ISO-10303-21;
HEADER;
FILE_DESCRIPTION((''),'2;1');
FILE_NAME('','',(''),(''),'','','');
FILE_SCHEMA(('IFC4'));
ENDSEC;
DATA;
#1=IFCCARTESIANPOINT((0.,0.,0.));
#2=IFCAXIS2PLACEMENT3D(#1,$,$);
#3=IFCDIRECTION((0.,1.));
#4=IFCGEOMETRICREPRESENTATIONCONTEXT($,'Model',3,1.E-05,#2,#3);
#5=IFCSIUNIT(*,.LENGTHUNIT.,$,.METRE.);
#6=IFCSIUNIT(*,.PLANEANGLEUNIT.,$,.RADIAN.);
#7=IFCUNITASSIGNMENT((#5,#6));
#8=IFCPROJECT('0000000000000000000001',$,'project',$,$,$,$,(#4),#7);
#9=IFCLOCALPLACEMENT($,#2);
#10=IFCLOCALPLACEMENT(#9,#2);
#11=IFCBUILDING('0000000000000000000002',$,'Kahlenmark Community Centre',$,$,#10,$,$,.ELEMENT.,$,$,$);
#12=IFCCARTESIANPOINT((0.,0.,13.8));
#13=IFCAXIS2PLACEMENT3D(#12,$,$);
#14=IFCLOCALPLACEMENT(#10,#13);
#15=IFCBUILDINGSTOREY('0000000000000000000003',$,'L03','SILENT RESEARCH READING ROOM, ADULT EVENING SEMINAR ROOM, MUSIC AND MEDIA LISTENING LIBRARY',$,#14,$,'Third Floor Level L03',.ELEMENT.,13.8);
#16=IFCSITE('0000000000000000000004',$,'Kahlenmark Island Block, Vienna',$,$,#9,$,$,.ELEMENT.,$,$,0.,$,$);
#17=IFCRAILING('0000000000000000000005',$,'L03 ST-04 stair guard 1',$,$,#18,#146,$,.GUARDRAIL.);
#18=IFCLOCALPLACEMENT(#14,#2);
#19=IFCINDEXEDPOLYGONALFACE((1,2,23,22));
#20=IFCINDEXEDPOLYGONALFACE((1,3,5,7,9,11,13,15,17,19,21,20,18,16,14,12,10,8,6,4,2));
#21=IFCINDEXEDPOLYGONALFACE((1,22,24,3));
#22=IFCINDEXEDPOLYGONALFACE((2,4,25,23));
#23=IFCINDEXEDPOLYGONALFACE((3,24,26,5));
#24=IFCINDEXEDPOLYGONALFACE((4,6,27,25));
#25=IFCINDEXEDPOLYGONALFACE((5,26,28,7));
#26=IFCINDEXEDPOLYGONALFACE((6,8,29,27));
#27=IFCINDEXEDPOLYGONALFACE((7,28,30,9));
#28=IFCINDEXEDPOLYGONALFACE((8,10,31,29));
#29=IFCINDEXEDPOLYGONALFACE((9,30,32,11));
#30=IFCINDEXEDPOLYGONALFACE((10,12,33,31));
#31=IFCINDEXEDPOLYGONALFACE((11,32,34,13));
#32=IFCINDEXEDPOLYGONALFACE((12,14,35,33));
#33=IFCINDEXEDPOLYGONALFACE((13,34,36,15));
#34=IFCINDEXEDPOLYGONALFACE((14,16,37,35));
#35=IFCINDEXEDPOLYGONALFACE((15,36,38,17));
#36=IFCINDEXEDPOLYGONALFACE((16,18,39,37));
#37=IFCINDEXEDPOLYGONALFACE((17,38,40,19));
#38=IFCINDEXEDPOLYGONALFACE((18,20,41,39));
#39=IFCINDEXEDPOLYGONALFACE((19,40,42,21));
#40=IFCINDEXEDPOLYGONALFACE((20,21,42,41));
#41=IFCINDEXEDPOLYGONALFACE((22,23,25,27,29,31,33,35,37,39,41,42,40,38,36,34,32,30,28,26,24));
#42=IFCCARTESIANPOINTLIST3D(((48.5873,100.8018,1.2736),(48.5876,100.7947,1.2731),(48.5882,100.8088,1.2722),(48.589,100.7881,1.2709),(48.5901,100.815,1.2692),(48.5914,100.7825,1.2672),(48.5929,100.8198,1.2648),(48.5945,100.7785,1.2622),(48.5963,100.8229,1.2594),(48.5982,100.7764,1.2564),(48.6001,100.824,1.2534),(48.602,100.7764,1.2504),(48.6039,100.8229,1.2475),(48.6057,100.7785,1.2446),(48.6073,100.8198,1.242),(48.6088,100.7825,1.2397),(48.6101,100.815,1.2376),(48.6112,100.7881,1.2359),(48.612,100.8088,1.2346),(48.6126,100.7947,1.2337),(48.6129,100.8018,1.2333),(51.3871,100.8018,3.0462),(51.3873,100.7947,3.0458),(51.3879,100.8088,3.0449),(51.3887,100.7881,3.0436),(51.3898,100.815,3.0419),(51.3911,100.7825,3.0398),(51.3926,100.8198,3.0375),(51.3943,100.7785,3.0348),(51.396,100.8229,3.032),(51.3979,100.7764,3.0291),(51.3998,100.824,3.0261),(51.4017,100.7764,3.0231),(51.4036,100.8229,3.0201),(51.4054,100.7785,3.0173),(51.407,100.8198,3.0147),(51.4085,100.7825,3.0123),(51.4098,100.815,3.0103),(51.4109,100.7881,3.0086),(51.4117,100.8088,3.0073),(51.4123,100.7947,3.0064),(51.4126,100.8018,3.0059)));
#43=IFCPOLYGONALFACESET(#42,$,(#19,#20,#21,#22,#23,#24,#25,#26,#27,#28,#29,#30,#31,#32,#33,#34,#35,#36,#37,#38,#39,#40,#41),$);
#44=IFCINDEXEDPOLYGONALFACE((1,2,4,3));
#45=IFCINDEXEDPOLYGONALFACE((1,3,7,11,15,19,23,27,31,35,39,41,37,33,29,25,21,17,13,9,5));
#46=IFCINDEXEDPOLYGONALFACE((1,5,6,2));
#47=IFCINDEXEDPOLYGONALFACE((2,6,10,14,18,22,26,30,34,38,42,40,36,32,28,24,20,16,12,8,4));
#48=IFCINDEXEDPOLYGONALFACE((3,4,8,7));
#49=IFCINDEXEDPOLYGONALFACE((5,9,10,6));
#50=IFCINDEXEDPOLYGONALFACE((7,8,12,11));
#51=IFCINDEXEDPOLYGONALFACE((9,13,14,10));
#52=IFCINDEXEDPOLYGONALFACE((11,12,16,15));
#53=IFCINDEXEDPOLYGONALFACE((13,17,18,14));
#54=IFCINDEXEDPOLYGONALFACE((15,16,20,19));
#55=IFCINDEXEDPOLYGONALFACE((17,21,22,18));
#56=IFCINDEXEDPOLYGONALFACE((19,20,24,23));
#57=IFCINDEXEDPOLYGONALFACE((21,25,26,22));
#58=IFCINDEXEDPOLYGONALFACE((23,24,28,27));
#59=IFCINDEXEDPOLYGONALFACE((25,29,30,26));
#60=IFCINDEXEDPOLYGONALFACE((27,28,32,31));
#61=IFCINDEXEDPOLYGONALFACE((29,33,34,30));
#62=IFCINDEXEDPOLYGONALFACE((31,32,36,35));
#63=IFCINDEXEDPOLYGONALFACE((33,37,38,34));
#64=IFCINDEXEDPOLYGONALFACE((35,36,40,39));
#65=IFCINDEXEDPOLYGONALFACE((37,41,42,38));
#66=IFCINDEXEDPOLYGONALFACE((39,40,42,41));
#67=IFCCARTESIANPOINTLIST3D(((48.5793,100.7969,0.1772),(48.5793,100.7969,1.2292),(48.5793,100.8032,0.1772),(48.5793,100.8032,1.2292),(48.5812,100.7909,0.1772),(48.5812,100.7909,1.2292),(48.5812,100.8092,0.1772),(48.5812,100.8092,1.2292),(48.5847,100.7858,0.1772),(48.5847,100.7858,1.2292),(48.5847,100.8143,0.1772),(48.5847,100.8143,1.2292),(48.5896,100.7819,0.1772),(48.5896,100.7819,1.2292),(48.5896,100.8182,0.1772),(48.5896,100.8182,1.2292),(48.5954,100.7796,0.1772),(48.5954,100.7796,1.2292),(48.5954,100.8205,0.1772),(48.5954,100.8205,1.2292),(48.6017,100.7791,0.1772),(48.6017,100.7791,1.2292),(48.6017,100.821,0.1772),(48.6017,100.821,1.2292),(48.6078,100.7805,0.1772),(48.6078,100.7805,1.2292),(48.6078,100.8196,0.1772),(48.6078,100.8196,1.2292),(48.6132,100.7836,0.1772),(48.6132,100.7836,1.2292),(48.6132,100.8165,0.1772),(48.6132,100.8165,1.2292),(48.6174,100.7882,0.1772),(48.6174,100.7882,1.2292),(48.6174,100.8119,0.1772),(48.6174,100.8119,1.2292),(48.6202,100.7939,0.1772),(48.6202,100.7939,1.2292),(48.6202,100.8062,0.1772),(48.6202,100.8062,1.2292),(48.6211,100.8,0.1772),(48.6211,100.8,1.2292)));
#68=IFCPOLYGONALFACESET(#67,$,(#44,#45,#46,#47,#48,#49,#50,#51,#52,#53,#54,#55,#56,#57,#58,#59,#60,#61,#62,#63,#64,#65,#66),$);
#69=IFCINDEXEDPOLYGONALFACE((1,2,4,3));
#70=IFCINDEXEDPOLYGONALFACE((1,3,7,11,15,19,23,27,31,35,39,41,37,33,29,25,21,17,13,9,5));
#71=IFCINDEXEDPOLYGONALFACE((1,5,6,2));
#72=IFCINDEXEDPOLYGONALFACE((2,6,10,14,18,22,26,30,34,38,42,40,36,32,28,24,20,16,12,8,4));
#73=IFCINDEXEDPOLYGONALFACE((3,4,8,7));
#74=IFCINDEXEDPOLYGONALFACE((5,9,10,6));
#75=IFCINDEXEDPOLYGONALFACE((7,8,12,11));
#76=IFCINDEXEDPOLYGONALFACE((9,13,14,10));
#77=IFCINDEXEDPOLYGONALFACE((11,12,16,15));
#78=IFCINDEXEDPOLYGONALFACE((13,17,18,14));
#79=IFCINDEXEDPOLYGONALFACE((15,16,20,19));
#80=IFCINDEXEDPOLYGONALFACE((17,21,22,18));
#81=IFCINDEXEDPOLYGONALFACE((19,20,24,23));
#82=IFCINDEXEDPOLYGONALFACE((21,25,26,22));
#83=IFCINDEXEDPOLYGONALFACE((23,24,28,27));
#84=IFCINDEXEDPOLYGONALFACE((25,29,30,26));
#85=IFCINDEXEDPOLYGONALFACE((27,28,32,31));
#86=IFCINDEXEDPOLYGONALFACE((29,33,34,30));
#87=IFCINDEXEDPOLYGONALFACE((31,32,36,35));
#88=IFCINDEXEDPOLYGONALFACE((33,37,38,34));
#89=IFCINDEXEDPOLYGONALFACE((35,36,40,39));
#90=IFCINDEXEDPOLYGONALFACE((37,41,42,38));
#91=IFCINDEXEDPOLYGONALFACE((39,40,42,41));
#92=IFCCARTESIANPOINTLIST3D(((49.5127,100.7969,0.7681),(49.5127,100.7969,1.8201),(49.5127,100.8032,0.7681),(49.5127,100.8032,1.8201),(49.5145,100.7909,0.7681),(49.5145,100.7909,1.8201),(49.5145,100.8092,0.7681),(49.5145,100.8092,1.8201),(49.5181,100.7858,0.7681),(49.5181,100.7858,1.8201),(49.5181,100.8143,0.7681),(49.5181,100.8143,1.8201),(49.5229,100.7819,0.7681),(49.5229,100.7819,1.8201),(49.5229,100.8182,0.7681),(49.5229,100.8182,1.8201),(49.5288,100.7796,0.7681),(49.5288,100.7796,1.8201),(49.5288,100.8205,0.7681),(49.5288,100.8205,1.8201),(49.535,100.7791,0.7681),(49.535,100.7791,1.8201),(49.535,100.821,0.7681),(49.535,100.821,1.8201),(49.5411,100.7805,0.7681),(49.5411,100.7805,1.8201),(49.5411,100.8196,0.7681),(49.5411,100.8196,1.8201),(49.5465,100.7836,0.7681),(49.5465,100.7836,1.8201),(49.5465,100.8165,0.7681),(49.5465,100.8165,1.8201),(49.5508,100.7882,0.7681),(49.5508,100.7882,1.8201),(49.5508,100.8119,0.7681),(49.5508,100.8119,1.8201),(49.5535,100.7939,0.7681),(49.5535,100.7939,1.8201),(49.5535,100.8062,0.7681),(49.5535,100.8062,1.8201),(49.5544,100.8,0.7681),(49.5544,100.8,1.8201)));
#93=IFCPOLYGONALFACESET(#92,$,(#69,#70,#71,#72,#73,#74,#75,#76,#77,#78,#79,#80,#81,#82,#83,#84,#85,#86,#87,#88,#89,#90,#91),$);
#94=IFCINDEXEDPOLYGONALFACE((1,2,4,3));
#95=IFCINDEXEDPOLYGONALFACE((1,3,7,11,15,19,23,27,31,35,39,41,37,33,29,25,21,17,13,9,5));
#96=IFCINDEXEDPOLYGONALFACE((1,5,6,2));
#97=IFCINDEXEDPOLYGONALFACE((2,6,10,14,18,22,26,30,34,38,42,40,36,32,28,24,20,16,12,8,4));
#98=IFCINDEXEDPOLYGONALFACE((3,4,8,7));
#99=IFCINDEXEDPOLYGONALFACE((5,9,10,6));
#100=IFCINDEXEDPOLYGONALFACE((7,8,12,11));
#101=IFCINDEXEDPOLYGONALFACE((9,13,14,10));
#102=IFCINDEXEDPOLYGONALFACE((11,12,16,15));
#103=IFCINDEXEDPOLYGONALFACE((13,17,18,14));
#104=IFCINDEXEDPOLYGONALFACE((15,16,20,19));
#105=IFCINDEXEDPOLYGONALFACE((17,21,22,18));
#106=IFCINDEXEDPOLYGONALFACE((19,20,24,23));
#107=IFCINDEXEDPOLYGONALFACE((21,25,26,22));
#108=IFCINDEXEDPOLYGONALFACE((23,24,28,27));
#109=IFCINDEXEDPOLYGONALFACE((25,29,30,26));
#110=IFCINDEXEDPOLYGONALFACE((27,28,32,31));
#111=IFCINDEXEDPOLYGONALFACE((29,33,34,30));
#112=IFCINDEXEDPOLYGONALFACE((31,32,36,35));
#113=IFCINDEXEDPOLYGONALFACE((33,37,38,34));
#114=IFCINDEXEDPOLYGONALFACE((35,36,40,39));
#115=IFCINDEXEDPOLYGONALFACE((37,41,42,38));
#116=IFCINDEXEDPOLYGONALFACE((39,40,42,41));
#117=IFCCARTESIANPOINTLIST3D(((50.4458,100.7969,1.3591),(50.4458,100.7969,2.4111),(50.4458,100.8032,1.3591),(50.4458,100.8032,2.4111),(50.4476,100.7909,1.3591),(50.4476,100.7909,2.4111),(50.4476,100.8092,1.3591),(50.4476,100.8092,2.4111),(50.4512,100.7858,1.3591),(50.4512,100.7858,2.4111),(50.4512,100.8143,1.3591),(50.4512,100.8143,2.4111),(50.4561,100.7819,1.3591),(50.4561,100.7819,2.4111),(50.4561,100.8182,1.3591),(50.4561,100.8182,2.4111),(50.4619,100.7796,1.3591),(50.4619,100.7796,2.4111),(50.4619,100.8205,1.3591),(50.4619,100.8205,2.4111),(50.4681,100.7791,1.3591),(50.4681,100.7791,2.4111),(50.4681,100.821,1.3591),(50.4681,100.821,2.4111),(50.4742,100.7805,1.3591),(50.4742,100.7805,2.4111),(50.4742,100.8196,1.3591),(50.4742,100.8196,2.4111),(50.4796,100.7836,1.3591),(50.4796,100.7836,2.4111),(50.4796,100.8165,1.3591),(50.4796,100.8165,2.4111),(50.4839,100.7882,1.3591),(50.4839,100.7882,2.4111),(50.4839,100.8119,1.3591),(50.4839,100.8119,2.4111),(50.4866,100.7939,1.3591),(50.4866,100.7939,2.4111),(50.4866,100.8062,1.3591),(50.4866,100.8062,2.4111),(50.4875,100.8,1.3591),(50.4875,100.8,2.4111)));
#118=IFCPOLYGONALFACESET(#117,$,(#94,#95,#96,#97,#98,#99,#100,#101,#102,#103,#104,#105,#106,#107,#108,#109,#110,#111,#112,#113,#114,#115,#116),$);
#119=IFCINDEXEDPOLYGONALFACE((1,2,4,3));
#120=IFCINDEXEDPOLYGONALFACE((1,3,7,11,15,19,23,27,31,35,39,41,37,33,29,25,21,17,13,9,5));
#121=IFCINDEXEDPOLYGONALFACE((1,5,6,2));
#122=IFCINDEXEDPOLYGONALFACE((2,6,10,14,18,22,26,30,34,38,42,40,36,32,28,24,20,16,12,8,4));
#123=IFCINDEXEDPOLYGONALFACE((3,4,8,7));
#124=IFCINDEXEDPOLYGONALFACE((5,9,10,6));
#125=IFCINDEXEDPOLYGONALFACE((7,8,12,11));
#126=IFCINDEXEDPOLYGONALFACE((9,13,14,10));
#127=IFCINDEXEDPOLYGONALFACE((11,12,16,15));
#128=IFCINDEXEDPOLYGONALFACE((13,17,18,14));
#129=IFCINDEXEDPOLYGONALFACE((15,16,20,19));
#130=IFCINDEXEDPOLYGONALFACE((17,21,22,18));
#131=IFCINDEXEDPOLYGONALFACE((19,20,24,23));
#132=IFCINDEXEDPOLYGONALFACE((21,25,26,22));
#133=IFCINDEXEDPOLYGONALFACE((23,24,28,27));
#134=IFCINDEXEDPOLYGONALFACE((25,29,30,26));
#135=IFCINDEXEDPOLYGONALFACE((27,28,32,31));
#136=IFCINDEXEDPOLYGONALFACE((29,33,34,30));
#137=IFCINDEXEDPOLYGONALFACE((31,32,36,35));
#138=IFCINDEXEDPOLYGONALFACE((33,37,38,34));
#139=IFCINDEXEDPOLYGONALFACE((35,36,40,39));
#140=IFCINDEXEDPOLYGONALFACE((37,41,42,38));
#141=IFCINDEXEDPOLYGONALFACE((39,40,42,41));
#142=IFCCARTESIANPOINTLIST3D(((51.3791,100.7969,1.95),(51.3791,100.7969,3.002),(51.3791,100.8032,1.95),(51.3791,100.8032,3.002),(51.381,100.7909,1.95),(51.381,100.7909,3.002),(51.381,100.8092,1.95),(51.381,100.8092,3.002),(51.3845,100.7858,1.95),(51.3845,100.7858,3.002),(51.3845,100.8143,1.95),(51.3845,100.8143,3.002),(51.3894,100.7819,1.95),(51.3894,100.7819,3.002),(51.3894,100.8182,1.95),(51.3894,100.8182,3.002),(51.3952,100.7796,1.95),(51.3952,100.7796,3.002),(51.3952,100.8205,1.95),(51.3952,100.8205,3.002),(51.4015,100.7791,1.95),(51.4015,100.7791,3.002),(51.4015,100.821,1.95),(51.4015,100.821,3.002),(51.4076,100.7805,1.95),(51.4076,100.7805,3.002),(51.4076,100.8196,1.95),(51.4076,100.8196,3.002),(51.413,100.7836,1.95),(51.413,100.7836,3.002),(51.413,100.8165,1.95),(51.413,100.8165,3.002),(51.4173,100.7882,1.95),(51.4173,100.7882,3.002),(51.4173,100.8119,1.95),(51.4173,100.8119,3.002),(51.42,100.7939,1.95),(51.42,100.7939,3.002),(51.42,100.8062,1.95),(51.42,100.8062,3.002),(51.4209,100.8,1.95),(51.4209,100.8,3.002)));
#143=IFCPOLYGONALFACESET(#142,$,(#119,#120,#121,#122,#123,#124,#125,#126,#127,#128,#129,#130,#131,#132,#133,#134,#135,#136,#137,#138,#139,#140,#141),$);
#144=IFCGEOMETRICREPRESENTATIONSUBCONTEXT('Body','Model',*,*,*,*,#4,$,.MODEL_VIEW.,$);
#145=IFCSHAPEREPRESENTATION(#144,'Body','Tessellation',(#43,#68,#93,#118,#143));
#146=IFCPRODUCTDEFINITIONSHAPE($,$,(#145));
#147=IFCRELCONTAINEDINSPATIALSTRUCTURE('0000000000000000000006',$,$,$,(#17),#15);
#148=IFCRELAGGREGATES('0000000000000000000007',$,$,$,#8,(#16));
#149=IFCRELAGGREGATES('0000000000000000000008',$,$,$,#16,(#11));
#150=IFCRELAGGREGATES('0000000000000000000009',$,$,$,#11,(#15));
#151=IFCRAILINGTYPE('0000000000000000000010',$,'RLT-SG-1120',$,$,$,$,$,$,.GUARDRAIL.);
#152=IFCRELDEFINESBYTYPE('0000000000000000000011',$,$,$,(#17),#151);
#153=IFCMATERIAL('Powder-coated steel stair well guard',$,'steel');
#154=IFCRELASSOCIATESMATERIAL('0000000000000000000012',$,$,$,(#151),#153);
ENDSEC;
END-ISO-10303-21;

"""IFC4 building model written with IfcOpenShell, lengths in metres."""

from ifc_helpers import new_model, si_unit, direction, frame, origin, origin_2d, place, context, subcontext, project, spatial, circle, extrude, material, type_object, element, save


model = new_model("IFC4")

# Units and contexts
model_context = context("Model", 3, precision=1e-05, world=origin(), true_north=direction((0.0, 1.0)))
body_context = subcontext(model_context, "Body", "Model", "MODEL_VIEW")
ifc_project = project(units=[si_unit("LENGTHUNIT", "METRE"), si_unit("PLANEANGLEUNIT", "RADIAN")], contexts=[model_context])

# Site, building, storey
site_placement = place(None, origin())
site = spatial("IfcSite", under=ifc_project, at=site_placement, Name="Kahlenmark Island Block, Vienna", CompositionType="ELEMENT", RefElevation=0.0)
building_placement = place(site_placement, origin())
building = spatial("IfcBuilding", under=site, at=building_placement, Name="Kahlenmark Community Centre", CompositionType="ELEMENT")
storey_placement = place(building_placement, frame((0.0, 0.0, 13.8)))
storey = spatial("IfcBuildingStorey", under=building, at=storey_placement, Name="L03", Description="SILENT RESEARCH READING ROOM, ADULT EVENING SEMINAR ROOM, MUSIC AND MEDIA LISTENING LIBRARY", LongName="Third Floor Level L03", CompositionType="ELEMENT", Elevation=13.8)

# Railing
ifc_material_1 = material(Name="Powder-coated steel stair well guard", Category="steel")
railing_type_1 = type_object("IfcRailingType", Name="RLT-SG-1120", PredefinedType="GUARDRAIL", material=ifc_material_1)
railing_1_placement = place(storey_placement, frame((48.6001, 100.8, 0.1772)))
element("IfcRailing", 1, at=railing_1_placement, inside=storey, type_object=railing_type_1, Name="L03 ST-04 stair guard 1", PredefinedType="GUARDRAIL", context=body_context, shape_type="SweptSolid", body=[
    extrude(circle(Radius=0.0239, at=origin_2d()), frame((0.0, 0.0, 1.0762), z_axis=(0.844888, 0.0, 0.534943), x_axis=(0.0, 1.0, 0.0)), (0.0, 0.0, 1.0), 3.3137),
    extrude(circle(Radius=0.021, at=origin_2d()), origin(), (0.0, 0.0, 1.0), 1.052),
    extrude(circle(Radius=0.021, at=origin_2d()), frame((0.9333, 0.0, 0.5908)), (0.0, 0.0, 1.0), 1.052),
    extrude(circle(Radius=0.021, at=origin_2d()), frame((1.8665, 0.0, 1.1819)), (0.0, 0.0, 1.0), 1.052),
    extrude(circle(Radius=0.021, at=origin_2d()), frame((2.7998, 0.0, 1.7727)), (0.0, 0.0, 1.0), 1.052),
])

save(model, "model.ifc")
